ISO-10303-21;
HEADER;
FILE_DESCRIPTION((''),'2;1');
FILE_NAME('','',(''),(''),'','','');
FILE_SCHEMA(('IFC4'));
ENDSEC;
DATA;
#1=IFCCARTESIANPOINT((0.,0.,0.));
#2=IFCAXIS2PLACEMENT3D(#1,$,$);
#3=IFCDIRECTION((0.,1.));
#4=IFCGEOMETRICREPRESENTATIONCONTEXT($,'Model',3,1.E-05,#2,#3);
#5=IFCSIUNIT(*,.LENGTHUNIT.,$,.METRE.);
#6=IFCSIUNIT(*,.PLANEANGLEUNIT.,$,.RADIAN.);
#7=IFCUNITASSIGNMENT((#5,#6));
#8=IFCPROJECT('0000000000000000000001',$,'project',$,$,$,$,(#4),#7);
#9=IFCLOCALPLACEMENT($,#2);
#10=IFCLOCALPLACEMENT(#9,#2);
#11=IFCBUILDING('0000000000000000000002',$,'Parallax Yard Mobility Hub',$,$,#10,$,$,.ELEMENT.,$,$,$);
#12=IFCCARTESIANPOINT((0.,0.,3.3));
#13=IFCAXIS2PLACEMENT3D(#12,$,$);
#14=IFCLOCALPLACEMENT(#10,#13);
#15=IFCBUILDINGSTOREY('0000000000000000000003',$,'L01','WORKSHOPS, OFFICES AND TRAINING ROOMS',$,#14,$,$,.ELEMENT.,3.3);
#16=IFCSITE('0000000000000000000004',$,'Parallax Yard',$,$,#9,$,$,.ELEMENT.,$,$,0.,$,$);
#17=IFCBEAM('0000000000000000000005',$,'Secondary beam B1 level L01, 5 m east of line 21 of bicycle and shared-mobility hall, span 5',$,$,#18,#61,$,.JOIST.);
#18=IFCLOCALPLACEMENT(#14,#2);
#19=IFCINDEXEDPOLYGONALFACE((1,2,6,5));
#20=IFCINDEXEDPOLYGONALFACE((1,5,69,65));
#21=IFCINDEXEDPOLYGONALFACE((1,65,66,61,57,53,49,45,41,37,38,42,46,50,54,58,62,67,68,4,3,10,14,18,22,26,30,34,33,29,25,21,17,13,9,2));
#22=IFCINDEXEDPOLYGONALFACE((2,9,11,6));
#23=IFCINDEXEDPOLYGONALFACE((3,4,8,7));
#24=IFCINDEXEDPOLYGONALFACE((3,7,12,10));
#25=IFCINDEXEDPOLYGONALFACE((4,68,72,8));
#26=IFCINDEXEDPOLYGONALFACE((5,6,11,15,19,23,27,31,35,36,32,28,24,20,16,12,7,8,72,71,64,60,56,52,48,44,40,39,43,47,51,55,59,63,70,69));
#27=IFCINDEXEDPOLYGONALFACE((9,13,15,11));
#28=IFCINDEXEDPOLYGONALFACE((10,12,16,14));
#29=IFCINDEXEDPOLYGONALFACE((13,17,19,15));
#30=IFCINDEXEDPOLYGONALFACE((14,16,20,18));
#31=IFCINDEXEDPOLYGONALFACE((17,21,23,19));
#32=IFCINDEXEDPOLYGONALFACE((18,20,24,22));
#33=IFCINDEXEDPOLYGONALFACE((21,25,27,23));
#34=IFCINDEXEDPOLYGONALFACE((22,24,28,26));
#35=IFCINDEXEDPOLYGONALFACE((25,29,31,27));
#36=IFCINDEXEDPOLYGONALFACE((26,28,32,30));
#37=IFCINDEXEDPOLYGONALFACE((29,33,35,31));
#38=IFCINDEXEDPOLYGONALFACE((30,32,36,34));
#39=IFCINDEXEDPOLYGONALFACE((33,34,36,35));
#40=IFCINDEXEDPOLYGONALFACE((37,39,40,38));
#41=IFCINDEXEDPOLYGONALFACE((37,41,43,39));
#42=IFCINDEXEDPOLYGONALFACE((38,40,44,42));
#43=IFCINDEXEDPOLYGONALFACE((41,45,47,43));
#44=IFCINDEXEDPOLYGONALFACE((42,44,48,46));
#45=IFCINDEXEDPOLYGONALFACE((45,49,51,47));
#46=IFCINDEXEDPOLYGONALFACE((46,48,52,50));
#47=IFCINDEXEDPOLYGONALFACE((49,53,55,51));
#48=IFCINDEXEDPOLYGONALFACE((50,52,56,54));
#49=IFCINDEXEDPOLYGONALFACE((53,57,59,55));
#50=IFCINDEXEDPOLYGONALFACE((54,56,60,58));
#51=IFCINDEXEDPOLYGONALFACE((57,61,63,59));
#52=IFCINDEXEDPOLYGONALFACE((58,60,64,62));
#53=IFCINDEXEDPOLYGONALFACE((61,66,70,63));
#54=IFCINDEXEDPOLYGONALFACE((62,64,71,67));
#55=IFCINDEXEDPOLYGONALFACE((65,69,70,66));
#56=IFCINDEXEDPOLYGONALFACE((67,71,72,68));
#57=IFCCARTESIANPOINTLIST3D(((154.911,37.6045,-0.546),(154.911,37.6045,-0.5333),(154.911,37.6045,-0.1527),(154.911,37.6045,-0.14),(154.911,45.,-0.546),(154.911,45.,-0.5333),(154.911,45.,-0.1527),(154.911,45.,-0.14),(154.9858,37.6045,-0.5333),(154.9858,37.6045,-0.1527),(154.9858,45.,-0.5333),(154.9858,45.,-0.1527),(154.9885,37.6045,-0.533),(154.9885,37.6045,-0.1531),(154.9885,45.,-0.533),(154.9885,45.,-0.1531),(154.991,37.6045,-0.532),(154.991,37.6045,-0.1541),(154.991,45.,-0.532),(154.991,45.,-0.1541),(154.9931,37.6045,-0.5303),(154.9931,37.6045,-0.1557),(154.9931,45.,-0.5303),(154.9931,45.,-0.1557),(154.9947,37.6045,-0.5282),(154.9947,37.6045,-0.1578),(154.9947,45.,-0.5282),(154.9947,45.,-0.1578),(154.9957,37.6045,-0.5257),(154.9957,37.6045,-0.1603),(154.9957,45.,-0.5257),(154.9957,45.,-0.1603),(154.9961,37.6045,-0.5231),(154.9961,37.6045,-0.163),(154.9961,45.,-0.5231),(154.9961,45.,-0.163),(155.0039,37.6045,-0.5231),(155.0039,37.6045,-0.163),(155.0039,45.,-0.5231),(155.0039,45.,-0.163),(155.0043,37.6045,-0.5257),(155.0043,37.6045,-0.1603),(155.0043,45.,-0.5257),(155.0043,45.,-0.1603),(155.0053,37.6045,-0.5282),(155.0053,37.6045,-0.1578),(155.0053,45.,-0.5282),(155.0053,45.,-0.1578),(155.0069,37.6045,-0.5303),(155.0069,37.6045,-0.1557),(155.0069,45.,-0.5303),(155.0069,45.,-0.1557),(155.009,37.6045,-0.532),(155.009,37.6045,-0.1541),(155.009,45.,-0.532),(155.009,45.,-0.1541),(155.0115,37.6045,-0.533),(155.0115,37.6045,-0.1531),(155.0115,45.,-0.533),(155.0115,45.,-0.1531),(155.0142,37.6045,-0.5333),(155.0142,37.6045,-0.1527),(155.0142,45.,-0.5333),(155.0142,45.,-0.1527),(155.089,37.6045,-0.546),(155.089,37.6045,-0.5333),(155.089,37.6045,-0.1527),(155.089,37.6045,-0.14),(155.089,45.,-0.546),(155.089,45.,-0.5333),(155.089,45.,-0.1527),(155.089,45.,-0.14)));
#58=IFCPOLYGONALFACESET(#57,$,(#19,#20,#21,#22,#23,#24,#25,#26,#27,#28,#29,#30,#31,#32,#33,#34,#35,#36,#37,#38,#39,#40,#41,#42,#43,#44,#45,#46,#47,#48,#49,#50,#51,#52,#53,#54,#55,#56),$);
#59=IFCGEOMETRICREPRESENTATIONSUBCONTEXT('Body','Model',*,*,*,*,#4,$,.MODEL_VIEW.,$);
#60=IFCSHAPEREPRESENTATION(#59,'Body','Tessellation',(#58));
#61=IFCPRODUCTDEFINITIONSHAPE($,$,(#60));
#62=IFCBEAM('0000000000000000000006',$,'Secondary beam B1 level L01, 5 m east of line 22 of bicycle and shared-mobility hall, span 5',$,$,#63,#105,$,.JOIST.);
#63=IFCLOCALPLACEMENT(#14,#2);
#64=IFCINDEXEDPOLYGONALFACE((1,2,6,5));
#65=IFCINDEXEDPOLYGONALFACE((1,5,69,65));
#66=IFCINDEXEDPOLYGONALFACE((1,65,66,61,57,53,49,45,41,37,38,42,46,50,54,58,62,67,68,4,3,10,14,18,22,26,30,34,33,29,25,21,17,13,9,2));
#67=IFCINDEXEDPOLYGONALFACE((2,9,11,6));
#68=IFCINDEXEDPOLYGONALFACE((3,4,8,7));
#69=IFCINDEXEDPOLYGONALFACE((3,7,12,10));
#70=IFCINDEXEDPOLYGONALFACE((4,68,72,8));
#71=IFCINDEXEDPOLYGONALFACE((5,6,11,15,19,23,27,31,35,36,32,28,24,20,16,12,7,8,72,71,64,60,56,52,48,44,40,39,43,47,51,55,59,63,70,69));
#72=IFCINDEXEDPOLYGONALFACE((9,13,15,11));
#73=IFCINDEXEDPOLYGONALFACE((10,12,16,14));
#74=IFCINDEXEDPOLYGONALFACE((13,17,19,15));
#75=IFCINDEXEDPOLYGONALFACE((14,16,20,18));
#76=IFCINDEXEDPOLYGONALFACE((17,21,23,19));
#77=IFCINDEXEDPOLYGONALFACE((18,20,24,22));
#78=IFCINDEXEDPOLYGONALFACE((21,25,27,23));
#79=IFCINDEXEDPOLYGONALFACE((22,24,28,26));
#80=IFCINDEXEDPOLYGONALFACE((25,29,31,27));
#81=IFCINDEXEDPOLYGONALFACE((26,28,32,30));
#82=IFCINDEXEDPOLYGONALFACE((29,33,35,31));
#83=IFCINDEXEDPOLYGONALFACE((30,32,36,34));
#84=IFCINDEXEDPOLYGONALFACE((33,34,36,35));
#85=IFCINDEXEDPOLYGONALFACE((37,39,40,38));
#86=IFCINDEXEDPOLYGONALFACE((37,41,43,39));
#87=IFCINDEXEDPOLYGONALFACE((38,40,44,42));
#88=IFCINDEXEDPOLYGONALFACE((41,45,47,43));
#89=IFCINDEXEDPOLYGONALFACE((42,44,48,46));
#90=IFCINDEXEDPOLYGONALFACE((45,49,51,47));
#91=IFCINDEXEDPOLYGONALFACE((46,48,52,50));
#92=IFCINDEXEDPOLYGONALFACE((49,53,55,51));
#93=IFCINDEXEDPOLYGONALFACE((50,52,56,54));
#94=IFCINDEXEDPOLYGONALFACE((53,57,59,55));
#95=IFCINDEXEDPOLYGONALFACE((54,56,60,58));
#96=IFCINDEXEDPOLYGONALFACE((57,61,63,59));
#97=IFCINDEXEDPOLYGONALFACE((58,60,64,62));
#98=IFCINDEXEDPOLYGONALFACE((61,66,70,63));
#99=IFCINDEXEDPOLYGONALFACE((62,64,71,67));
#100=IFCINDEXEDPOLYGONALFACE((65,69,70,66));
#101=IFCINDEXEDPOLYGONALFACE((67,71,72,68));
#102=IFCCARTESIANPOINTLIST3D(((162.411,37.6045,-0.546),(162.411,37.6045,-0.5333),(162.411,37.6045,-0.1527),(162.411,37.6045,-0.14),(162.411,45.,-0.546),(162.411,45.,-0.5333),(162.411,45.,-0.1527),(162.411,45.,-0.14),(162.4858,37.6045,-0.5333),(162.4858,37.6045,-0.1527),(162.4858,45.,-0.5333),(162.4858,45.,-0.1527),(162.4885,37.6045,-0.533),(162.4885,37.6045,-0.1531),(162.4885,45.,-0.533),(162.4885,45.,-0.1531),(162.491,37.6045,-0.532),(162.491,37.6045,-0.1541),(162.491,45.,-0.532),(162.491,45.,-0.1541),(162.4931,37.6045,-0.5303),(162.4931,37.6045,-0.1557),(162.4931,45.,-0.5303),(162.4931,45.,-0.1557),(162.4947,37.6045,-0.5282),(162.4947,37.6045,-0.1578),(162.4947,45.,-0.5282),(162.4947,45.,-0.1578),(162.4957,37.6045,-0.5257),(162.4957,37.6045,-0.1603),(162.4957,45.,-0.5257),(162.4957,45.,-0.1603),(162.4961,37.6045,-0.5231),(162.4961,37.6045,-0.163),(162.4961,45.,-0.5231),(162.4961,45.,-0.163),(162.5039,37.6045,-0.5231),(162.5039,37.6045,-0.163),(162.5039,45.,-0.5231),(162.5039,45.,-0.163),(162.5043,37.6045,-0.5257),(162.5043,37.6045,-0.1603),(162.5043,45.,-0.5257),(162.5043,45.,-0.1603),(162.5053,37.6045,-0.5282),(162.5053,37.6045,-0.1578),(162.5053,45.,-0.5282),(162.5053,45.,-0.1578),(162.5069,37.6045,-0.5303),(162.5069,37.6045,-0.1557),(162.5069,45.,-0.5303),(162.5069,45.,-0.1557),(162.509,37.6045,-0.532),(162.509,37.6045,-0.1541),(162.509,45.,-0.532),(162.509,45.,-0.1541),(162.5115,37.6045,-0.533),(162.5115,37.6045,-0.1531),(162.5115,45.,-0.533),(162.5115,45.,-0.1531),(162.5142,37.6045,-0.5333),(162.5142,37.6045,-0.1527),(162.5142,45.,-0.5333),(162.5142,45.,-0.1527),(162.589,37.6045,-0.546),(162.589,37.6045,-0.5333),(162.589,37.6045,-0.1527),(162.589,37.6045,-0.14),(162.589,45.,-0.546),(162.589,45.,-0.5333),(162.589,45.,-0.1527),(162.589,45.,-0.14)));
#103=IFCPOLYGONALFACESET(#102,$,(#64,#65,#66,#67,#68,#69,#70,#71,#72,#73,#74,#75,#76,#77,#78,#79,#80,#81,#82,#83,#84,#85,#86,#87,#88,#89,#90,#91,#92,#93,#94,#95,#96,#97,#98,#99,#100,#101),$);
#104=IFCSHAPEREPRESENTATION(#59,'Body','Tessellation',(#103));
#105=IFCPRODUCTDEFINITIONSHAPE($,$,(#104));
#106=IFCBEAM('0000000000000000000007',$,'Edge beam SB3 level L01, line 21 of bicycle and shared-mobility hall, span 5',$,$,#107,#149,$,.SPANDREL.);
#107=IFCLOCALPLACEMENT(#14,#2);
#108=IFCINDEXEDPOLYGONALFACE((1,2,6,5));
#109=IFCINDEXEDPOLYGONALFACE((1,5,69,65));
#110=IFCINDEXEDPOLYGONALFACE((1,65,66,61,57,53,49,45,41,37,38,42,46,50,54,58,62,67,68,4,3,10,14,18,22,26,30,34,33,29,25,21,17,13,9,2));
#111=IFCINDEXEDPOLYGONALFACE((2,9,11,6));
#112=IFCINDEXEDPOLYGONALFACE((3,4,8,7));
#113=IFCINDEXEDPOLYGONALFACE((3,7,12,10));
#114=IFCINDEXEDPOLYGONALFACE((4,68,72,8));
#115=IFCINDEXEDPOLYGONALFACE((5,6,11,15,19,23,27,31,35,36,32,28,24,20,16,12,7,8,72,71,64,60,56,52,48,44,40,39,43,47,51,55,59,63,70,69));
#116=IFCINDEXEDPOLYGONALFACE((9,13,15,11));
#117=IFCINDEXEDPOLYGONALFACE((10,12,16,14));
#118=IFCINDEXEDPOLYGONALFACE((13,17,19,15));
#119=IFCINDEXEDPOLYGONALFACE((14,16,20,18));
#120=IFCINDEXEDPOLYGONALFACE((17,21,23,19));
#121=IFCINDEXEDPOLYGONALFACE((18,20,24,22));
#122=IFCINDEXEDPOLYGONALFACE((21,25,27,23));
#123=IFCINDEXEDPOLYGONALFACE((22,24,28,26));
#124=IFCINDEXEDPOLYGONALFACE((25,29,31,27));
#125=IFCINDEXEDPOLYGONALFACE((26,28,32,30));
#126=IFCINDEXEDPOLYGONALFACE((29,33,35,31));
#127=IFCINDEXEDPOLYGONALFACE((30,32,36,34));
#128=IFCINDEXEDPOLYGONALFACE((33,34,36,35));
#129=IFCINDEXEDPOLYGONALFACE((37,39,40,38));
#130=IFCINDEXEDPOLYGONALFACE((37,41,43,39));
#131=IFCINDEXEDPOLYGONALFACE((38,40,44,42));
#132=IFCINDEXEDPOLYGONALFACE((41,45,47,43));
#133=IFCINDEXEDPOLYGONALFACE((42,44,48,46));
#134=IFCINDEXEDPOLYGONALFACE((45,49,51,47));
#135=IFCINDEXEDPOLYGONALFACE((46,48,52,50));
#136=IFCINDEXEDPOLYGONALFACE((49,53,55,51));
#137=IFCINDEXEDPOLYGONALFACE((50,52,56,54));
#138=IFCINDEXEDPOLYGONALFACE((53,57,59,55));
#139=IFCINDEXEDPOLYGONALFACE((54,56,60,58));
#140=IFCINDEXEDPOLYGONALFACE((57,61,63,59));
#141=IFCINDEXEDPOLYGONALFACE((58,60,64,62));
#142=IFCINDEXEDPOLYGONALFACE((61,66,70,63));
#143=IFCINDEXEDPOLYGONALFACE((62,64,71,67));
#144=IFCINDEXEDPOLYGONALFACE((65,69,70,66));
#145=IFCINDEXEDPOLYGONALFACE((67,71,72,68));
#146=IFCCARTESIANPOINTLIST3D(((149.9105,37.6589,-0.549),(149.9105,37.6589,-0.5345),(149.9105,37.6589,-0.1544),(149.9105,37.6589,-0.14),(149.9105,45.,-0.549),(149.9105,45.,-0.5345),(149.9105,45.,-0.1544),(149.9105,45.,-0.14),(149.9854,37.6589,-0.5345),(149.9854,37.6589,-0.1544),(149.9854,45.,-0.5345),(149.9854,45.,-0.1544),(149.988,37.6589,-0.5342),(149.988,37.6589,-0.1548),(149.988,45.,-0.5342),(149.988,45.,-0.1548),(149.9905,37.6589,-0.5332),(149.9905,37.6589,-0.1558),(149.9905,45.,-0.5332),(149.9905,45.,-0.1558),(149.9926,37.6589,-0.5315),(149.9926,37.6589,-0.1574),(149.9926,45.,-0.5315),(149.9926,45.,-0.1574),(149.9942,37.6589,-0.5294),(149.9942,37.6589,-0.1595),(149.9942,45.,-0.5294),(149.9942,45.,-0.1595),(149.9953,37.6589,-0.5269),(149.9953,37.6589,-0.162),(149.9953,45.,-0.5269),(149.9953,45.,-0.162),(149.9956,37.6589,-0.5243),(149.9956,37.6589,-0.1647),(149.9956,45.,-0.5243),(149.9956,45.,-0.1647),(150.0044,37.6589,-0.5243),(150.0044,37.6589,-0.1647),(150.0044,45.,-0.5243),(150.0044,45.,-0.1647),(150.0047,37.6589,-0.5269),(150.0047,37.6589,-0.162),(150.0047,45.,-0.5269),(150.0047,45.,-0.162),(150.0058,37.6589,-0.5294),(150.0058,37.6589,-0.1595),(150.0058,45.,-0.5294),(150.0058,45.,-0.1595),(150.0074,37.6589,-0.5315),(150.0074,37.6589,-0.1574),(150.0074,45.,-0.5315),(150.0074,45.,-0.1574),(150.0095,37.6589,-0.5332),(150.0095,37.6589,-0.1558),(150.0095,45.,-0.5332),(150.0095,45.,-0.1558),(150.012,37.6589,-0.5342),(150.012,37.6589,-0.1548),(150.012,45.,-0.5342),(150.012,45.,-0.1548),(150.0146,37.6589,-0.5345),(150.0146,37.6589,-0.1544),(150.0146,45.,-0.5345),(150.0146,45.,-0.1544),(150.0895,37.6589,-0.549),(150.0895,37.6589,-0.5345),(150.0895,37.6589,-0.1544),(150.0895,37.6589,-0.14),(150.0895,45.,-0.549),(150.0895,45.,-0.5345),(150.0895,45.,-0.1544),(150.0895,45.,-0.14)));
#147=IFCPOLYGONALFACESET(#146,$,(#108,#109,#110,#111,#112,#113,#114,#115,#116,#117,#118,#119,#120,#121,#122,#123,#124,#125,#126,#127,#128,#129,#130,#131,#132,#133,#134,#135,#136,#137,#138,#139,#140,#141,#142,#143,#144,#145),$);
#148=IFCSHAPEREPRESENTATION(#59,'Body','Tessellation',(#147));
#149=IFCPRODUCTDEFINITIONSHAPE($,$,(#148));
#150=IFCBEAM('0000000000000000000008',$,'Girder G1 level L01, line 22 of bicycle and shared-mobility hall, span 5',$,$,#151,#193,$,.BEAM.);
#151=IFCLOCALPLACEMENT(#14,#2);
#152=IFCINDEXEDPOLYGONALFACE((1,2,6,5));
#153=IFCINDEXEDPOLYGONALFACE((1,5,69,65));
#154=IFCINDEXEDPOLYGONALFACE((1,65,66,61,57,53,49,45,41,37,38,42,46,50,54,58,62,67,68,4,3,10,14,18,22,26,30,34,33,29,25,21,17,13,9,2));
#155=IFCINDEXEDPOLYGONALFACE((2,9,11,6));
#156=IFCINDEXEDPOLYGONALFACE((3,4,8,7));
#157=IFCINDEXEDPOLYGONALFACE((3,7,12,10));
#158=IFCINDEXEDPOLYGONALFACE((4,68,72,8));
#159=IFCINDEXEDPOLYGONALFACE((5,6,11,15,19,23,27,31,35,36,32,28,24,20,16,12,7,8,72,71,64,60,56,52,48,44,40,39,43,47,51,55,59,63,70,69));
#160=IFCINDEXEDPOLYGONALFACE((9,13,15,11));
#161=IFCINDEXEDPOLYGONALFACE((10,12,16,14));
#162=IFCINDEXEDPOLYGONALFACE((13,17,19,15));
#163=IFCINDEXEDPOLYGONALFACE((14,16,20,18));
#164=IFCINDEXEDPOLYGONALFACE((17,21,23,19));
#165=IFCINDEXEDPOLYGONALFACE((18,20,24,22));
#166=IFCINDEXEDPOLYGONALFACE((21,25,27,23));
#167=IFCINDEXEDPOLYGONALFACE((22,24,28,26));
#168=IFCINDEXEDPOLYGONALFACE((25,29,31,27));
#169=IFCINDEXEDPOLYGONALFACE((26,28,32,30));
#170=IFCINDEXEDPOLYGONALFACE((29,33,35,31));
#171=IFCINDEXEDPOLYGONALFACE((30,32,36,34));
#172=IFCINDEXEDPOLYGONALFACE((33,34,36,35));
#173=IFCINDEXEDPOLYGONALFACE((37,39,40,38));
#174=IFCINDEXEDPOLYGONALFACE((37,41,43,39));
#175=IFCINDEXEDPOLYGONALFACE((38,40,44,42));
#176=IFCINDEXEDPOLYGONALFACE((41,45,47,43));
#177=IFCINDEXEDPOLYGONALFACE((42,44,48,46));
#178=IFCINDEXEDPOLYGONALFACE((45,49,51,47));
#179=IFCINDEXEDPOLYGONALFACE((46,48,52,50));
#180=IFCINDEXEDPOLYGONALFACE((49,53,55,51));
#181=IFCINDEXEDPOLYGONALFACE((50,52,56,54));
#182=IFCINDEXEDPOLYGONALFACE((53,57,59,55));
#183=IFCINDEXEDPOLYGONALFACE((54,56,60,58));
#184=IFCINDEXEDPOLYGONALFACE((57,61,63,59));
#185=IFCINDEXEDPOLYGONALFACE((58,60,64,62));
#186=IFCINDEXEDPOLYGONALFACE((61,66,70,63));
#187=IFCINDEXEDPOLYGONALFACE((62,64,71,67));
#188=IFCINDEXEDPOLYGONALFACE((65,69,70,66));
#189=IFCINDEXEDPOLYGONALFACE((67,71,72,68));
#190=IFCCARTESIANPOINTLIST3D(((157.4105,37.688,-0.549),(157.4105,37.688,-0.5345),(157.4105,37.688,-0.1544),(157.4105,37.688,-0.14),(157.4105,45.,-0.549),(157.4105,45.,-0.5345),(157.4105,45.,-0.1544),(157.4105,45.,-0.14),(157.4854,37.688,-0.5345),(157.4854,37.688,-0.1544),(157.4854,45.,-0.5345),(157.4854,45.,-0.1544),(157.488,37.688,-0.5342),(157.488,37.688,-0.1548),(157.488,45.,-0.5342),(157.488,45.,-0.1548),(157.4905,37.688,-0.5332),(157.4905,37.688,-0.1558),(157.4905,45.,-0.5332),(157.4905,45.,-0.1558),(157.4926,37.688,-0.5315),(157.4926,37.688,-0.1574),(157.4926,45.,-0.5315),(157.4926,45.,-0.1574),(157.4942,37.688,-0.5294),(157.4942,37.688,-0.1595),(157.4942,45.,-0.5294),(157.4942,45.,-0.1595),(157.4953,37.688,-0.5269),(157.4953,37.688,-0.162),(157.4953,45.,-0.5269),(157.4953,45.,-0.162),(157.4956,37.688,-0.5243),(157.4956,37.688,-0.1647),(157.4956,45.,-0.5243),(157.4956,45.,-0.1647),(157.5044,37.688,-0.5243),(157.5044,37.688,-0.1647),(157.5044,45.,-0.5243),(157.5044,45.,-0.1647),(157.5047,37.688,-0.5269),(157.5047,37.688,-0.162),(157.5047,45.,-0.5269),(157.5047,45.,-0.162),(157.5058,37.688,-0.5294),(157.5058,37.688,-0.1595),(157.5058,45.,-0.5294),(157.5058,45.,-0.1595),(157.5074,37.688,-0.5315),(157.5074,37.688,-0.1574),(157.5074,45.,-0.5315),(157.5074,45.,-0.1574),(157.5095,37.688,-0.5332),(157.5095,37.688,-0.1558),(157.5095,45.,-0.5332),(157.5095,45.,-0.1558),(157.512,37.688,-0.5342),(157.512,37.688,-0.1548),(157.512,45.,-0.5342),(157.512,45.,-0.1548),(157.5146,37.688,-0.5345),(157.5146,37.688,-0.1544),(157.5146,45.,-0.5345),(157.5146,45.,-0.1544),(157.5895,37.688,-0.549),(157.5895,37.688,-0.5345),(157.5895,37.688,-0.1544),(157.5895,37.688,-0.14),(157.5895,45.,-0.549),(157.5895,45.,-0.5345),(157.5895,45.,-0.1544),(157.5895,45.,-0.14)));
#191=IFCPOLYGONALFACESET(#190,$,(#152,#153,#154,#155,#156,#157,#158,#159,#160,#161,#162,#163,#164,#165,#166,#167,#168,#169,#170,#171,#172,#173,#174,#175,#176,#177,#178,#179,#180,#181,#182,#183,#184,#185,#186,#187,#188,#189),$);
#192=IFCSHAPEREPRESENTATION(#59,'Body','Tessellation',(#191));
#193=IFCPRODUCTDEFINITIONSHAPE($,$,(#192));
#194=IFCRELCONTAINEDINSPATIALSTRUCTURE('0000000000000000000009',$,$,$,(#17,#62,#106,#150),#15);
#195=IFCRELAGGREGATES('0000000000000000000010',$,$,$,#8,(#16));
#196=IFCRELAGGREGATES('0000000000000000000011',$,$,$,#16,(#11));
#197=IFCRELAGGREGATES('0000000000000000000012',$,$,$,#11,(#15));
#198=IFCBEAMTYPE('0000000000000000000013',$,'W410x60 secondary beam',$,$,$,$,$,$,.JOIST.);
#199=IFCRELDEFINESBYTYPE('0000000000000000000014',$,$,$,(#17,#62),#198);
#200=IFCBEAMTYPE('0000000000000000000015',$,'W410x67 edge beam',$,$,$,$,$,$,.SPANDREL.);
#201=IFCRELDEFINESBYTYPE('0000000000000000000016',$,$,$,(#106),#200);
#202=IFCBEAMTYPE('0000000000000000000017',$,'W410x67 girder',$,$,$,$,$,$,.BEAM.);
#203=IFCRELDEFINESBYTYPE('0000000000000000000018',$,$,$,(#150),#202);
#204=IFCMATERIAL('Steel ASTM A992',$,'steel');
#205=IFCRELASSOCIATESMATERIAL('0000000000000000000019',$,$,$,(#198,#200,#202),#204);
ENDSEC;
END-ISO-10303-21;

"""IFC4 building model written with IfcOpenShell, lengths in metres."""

from ifc_helpers import new_model, si_unit, direction, frame, origin, origin_2d, place, context, subcontext, project, spatial, i_section, extrude, material, material_profile, profile_set, type_object, element, save


model = new_model("IFC4")

# Units and contexts
model_context = context("Model", 3, precision=1e-05, world=origin(), true_north=direction((0.0, 1.0)))
body_context = subcontext(model_context, "Body", "Model", "MODEL_VIEW")
ifc_project = project(units=[si_unit("LENGTHUNIT", "METRE"), si_unit("PLANEANGLEUNIT", "RADIAN")], contexts=[model_context])

# Site, building, storey
site_placement = place(None, origin())
site = spatial("IfcSite", under=ifc_project, at=site_placement, Name="Parallax Yard", CompositionType="ELEMENT", RefElevation=0.0)
building_placement = place(site_placement, origin())
building = spatial("IfcBuilding", under=site, at=building_placement, Name="Parallax Yard Mobility Hub", CompositionType="ELEMENT")
storey_placement = place(building_placement, frame((0.0, 0.0, 3.3)))
storey = spatial("IfcBuildingStorey", under=building, at=storey_placement, Name="L01", Description="WORKSHOPS, OFFICES AND TRAINING ROOMS", CompositionType="ELEMENT", Elevation=3.3)

# Shared definitions
ifc_material_1 = material(Name="Steel ASTM A992", Category="steel")

# Beams
ifc_material_profile_1 = material_profile(ifc_material_1, i_section(OverallWidth=0.178, OverallDepth=0.406, WebThickness=0.0078, FlangeThickness=0.0127, FilletRadius=0.0103, at=origin_2d()), Name="W410x60")
ifc_profile_set_1 = profile_set([ifc_material_profile_1], Name="Steel ASTM A992")
beam_type_1 = type_object("IfcBeamType", Name="W410x60 secondary beam", PredefinedType="JOIST", material=ifc_profile_set_1)
for number, where, z_axis, x_axis, name in (
    (1, (155.0, 37.6045, -0.343), (0.0, 1.0, 0.0), (-1.0, 0.0, 0.0), "Secondary beam B1 level L01, 5 m east of line 21 of bicycle and shared-mobility hall, span 5"),
    (2, (162.5, 37.6045, -0.343), (0.0, 1.0, 0.0), (-1.0, 0.0, 0.0), "Secondary beam B1 level L01, 5 m east of line 22 of bicycle and shared-mobility hall, span 5"),
):
    element("IfcBeam", number, at=place(storey_placement, frame(where, z_axis=z_axis, x_axis=x_axis)), inside=storey, type_object=beam_type_1, Name=name, PredefinedType="JOIST", context=body_context, shape_type="SweptSolid", body=[
        extrude(i_section(OverallWidth=0.178, OverallDepth=0.406, WebThickness=0.0078, FlangeThickness=0.0127, FilletRadius=0.0103, at=origin_2d()), origin(), (0.0, 0.0, 1.0), 7.3955),
    ])
ifc_material_profile_2 = material_profile(ifc_material_1, i_section(OverallWidth=0.179, OverallDepth=0.4089, WebThickness=0.0088, FlangeThickness=0.0144, FilletRadius=0.0103, at=origin_2d()), Name="W410x67")
ifc_profile_set_2 = profile_set([ifc_material_profile_2], Name="Steel ASTM A992")
beam_type_2 = type_object("IfcBeamType", Name="W410x67 edge beam", PredefinedType="SPANDREL", material=ifc_profile_set_2)
beam_1_placement = place(storey_placement, frame((150.0, 37.6589, -0.3445), z_axis=(0.0, 1.0, 0.0), x_axis=(-1.0, 0.0, 0.0)))
element("IfcBeam", 3, at=beam_1_placement, inside=storey, type_object=beam_type_2, Name="Edge beam SB3 level L01, line 21 of bicycle and shared-mobility hall, span 5", PredefinedType="SPANDREL", context=body_context, shape_type="SweptSolid", body=[
    extrude(i_section(OverallWidth=0.179, OverallDepth=0.4089, WebThickness=0.0088, FlangeThickness=0.0144, FilletRadius=0.0103, at=origin_2d()), origin(), (0.0, 0.0, 1.0), 7.3411),
])
ifc_material_profile_3 = material_profile(ifc_material_1, i_section(OverallWidth=0.179, OverallDepth=0.4089, WebThickness=0.0088, FlangeThickness=0.0144, FilletRadius=0.0103, at=origin_2d()), Name="W410x67")
ifc_profile_set_3 = profile_set([ifc_material_profile_3], Name="Steel ASTM A992")
beam_type_3 = type_object("IfcBeamType", Name="W410x67 girder", PredefinedType="BEAM", material=ifc_profile_set_3)
beam_2_placement = place(storey_placement, frame((157.5, 37.688, -0.3445), z_axis=(0.0, 1.0, 0.0), x_axis=(-1.0, 0.0, 0.0)))
element("IfcBeam", 4, at=beam_2_placement, inside=storey, type_object=beam_type_3, Name="Girder G1 level L01, line 22 of bicycle and shared-mobility hall, span 5", PredefinedType="BEAM", context=body_context, shape_type="SweptSolid", body=[
    extrude(i_section(OverallWidth=0.179, OverallDepth=0.4089, WebThickness=0.0088, FlangeThickness=0.0144, FilletRadius=0.0103, at=origin_2d()), origin(), (0.0, 0.0, 1.0), 7.312),
])

save(model, "model.ifc")
